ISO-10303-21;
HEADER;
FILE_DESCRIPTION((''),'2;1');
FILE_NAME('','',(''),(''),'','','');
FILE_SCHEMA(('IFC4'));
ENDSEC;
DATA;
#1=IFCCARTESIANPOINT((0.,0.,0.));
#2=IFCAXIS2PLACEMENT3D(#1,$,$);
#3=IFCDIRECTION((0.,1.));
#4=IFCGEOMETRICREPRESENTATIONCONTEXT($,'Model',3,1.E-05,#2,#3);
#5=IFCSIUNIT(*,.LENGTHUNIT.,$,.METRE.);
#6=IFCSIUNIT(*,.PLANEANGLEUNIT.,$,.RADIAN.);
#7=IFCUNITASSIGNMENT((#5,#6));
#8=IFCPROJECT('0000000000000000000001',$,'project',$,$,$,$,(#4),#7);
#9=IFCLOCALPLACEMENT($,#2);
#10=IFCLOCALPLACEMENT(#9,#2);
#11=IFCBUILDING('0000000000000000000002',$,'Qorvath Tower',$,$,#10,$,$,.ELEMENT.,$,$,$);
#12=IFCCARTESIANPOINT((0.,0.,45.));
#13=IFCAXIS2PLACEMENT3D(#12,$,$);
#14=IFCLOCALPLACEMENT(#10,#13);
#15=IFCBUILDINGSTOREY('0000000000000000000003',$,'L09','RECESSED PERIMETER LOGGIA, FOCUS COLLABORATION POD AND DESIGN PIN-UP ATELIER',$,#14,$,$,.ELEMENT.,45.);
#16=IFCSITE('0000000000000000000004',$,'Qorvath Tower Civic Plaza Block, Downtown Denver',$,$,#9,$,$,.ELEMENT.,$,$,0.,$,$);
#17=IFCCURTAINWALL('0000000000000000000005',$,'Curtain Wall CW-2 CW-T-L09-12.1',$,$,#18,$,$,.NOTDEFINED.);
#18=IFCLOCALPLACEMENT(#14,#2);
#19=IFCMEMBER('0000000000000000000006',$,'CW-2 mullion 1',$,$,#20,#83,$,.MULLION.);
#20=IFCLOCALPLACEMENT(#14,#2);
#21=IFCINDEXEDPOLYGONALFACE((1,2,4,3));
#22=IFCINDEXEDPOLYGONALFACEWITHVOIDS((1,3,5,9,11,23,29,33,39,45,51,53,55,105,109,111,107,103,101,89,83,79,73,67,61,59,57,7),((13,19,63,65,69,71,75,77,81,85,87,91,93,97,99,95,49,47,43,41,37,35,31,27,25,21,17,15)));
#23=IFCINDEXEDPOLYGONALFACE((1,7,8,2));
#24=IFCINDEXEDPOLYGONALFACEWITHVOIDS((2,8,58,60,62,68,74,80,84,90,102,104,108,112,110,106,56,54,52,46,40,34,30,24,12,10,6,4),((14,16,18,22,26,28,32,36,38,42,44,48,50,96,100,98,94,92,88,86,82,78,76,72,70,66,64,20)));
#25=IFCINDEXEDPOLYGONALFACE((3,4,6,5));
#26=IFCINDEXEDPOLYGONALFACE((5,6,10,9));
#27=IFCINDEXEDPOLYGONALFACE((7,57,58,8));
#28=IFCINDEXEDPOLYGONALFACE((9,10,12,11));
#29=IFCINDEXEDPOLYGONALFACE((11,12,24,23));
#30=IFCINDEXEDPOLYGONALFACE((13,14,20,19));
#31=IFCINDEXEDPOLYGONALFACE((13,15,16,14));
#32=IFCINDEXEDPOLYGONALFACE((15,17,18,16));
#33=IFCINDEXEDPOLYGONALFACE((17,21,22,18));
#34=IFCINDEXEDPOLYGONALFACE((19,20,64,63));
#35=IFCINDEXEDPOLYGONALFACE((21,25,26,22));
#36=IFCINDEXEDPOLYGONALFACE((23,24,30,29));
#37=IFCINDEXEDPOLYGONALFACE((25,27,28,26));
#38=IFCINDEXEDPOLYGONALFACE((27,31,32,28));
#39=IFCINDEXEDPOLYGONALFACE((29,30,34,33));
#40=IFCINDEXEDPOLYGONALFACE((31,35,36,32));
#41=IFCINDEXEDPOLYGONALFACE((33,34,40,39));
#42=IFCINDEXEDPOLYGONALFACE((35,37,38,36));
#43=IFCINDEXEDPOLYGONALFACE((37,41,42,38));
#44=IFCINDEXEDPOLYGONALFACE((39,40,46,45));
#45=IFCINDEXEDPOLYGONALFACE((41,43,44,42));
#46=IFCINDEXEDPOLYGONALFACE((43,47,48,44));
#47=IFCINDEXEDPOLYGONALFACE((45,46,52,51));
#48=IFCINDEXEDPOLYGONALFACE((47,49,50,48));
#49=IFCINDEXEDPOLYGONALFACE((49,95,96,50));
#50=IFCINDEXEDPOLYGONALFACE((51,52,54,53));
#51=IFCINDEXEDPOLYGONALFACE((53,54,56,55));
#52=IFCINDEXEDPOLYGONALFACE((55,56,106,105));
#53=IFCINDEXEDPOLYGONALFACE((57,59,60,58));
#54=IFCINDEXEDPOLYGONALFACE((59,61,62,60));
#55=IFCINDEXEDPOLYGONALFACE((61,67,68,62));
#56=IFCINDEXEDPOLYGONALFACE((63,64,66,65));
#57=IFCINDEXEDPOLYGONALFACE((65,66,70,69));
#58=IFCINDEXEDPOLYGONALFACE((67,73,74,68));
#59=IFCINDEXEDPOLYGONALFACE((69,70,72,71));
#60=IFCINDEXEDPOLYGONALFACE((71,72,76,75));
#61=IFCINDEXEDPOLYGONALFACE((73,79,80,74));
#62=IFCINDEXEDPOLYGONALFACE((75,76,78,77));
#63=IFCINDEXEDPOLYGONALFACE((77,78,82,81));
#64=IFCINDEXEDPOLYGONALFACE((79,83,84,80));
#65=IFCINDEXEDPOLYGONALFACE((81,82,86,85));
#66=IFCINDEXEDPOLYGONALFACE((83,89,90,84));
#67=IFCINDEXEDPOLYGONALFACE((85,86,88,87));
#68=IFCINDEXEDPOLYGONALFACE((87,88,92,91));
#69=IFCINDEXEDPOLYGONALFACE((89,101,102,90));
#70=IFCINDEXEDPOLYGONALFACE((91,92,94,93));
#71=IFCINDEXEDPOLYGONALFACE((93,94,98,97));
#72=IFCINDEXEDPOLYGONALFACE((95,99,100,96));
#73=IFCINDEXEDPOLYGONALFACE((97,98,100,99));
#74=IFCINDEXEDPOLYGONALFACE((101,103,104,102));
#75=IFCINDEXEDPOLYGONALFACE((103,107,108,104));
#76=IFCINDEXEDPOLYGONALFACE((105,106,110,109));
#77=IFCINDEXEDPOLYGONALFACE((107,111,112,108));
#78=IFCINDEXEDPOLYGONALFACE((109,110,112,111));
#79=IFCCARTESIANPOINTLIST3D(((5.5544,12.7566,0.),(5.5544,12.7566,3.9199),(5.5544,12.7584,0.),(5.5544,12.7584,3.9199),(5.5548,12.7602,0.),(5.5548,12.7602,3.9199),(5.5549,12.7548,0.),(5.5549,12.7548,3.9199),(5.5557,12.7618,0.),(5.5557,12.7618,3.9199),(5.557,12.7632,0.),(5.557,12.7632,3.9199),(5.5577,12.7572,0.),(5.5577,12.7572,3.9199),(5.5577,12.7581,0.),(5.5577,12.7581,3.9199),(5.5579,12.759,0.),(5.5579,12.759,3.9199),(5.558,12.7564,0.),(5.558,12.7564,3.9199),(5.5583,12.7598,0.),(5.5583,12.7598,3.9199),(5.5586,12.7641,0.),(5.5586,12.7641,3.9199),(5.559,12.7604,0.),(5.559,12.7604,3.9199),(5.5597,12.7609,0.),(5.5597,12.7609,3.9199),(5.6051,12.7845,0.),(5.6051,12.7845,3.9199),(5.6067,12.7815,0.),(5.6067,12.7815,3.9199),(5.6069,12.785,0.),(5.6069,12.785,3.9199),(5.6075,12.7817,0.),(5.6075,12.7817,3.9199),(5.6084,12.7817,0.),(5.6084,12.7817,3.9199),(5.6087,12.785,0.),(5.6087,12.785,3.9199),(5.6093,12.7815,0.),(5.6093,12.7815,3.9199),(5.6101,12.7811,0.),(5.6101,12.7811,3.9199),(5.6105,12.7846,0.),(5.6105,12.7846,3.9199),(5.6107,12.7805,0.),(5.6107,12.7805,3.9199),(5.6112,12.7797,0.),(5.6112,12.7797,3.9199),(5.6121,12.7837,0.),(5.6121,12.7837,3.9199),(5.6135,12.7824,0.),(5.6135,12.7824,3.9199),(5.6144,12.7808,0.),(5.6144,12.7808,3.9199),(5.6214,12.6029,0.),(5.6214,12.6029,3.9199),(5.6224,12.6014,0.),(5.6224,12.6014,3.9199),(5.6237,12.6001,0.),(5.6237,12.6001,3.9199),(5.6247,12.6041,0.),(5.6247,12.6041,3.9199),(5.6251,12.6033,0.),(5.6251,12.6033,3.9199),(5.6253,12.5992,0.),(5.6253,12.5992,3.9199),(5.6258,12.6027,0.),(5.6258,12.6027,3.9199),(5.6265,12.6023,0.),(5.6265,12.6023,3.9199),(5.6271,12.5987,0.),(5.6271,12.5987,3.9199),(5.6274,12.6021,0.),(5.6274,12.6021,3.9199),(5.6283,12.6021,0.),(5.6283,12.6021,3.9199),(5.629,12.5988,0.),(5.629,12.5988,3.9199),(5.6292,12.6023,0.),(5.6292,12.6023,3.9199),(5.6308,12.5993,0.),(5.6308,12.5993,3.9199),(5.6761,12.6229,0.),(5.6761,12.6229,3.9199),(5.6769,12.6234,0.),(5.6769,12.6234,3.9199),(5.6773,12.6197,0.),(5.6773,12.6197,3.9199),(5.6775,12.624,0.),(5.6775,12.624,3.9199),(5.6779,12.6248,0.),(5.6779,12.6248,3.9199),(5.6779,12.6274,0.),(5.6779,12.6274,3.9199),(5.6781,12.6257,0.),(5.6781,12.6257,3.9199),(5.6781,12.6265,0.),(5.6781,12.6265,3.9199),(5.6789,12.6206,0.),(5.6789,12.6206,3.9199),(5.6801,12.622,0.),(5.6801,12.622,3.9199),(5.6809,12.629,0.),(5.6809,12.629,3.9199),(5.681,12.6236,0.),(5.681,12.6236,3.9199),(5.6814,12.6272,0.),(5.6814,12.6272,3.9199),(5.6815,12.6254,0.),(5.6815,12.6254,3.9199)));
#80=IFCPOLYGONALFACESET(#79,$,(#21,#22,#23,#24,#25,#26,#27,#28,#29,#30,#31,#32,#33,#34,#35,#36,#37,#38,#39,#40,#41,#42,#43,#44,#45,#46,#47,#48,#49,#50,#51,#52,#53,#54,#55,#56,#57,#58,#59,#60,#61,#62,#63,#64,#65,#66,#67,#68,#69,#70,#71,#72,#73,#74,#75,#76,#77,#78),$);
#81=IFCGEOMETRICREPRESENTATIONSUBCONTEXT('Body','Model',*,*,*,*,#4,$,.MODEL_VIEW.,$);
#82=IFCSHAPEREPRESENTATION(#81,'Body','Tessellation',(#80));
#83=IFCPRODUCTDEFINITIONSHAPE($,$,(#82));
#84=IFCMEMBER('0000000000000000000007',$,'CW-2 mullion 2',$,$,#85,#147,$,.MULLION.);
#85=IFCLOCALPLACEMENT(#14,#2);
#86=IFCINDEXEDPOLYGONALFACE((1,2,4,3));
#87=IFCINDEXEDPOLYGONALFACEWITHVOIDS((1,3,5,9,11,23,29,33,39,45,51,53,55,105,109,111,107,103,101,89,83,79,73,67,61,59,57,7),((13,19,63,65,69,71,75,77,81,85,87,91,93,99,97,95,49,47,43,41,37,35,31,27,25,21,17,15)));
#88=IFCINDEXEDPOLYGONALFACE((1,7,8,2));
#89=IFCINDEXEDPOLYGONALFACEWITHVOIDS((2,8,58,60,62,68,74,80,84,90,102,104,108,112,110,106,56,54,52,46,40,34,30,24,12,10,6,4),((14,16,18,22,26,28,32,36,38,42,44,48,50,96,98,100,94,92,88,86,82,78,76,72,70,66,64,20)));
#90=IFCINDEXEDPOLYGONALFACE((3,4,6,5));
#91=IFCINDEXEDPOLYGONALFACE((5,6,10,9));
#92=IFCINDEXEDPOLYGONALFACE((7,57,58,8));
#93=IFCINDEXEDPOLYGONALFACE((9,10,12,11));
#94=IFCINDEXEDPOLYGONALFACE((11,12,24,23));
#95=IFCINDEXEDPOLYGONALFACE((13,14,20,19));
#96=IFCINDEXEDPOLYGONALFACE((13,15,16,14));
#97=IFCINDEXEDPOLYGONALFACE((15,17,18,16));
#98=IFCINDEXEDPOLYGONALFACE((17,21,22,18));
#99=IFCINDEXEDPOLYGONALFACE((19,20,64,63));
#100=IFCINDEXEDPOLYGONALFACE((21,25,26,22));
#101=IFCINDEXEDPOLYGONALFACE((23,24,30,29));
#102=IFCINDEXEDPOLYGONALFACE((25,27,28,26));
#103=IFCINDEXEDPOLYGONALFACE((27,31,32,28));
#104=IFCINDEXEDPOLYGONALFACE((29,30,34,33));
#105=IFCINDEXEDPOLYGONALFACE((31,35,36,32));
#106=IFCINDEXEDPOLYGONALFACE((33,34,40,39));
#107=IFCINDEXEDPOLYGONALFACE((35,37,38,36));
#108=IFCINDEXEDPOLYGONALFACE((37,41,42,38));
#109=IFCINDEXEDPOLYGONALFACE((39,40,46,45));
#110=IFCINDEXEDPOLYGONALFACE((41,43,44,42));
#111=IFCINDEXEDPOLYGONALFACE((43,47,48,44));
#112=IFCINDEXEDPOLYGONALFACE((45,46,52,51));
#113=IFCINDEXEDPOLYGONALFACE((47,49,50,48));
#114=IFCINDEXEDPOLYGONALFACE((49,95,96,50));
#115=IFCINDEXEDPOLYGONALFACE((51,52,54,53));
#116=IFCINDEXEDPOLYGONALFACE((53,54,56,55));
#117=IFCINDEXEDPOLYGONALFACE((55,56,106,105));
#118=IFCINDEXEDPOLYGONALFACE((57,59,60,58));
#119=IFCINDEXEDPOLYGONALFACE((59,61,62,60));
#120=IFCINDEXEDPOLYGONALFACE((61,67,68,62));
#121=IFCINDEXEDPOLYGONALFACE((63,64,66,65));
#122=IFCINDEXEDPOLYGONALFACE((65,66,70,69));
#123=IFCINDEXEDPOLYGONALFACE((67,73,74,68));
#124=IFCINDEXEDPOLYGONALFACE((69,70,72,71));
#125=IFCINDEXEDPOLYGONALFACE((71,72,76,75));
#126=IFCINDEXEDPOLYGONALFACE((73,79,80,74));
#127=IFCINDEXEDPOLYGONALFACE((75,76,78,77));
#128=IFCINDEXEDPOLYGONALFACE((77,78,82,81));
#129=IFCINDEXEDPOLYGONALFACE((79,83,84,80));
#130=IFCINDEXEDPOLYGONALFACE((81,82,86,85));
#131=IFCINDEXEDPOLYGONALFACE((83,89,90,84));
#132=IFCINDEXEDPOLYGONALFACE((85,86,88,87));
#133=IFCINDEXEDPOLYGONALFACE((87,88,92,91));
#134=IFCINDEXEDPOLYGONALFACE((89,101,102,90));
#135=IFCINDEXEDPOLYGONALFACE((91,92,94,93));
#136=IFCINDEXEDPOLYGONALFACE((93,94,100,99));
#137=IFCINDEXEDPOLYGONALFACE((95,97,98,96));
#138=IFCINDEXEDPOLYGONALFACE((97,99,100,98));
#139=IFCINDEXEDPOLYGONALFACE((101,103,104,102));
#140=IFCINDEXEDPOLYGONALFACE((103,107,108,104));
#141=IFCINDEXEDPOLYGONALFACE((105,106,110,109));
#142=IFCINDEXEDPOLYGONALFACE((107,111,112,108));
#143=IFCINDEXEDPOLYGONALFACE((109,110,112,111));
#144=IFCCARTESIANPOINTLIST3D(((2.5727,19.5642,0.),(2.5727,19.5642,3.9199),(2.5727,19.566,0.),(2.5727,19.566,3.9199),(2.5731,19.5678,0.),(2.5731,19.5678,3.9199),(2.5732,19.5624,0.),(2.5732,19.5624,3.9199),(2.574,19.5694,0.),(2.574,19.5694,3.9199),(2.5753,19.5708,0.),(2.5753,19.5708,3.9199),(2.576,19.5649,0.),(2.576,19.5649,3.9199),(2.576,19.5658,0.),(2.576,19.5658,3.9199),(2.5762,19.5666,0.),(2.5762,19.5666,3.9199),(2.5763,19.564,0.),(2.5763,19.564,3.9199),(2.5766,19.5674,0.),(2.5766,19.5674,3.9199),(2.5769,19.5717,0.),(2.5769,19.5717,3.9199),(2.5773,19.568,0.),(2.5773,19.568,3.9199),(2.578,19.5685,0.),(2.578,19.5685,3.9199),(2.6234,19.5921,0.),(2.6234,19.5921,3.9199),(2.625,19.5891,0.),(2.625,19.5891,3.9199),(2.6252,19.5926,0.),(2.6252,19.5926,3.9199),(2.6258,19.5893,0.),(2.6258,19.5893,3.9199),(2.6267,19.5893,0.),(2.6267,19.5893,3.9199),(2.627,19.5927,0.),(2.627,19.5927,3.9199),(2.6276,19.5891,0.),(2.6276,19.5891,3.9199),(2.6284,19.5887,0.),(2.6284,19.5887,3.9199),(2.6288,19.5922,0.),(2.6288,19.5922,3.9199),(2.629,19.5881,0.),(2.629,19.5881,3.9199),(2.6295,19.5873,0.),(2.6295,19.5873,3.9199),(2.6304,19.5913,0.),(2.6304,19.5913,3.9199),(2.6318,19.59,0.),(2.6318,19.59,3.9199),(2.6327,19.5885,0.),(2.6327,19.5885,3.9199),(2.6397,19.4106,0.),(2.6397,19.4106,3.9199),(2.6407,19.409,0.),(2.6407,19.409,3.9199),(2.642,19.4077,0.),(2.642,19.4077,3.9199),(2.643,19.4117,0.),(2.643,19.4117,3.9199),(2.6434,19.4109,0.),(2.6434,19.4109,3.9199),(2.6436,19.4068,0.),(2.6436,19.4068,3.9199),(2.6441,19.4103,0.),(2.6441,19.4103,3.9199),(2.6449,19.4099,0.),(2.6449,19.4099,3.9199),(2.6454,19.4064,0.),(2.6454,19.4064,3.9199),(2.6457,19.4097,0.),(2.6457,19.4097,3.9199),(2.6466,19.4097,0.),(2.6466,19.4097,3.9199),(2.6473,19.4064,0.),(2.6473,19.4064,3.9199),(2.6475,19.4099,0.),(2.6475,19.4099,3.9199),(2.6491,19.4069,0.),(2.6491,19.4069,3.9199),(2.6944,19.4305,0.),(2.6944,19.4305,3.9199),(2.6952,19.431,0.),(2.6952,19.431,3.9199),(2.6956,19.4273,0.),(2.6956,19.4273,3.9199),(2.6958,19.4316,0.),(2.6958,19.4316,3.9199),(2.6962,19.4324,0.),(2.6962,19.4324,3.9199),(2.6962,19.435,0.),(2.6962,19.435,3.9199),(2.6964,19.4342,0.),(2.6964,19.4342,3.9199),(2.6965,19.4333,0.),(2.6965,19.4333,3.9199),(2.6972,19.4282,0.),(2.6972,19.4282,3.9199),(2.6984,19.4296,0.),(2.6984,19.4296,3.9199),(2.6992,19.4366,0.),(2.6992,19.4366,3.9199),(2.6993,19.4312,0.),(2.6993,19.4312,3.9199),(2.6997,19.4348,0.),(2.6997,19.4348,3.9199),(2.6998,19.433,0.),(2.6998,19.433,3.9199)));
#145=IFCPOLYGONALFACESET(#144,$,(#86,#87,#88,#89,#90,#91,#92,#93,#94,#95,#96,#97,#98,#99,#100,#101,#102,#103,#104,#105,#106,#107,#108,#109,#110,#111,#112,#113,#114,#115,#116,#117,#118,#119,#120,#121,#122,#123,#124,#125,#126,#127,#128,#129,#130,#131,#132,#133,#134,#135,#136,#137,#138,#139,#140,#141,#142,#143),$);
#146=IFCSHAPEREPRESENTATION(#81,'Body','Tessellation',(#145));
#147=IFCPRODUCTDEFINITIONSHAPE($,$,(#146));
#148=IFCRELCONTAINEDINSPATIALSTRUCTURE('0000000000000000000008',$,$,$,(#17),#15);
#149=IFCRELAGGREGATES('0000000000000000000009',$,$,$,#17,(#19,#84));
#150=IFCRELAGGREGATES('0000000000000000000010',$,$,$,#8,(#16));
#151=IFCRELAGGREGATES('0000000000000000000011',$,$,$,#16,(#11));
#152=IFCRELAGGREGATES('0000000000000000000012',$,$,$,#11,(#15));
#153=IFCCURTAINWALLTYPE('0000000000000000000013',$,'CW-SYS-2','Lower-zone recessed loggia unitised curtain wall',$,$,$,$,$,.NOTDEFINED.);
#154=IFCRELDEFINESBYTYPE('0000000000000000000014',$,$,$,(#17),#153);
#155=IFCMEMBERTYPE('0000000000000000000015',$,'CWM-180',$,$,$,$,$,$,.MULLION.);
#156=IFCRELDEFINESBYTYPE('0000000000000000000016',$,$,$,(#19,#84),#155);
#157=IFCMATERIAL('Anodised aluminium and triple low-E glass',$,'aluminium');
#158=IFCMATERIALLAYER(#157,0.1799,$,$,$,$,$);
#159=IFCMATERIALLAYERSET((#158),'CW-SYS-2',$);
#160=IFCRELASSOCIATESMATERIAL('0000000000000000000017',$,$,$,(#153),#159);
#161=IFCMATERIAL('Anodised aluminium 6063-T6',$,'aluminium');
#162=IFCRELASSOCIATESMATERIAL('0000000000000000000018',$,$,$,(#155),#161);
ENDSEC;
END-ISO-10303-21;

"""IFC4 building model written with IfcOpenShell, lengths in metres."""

from ifc_helpers import new_model, si_unit, direction, frame, origin, origin_2d, place, context, subcontext, project, spatial, hollow_rectangle, extrude, material, layer, layer_set, material_profile, profile_set, type_object, element, aggregate, save


model = new_model("IFC4")

# Units and contexts
model_context = context("Model", 3, precision=1e-05, world=origin(), true_north=direction((0.0, 1.0)))
body_context = subcontext(model_context, "Body", "Model", "MODEL_VIEW")
ifc_project = project(units=[si_unit("LENGTHUNIT", "METRE"), si_unit("PLANEANGLEUNIT", "RADIAN")], contexts=[model_context])

# Site, building, storey
site_placement = place(None, origin())
site = spatial("IfcSite", under=ifc_project, at=site_placement, Name="Qorvath Tower Civic Plaza Block, Downtown Denver", CompositionType="ELEMENT", RefElevation=0.0)
building_placement = place(site_placement, origin())
building = spatial("IfcBuilding", under=site, at=building_placement, Name="Qorvath Tower", CompositionType="ELEMENT")
storey_placement = place(building_placement, frame((0.0, 0.0, 45.0)))
storey = spatial("IfcBuildingStorey", under=building, at=storey_placement, Name="L09", Description="RECESSED PERIMETER LOGGIA, FOCUS COLLABORATION POD AND DESIGN PIN-UP ATELIER", CompositionType="ELEMENT", Elevation=45.0)

# Shared definitions
ifc_material_1 = material(Name="Anodised aluminium and triple low-E glass", Category="aluminium")
ifc_layer_1 = layer(ifc_material_1, 0.1799)
ifc_layer_set_1 = layer_set([ifc_layer_1], Name="CW-SYS-2")
curtain_wall_type = type_object("IfcCurtainWallType", Name="CW-SYS-2", Description="Lower-zone recessed loggia unitised curtain wall", PredefinedType="NOTDEFINED", material=ifc_layer_set_1)
ifc_material_2 = material(Name="Anodised aluminium 6063-T6", Category="aluminium")
ifc_material_profile_1 = material_profile(ifc_material_2, hollow_rectangle(XDim=0.0649, YDim=0.1799, WallThickness=0.0034, InnerFilletRadius=0.0034, OuterFilletRadius=0.0071, at=origin_2d()), Name="CWM 180x65")
ifc_profile_set_1 = profile_set([ifc_material_profile_1], Name="Anodised aluminium 6063-T6")
member_type_1 = type_object("IfcMemberType", Name="CWM-180", PredefinedType="MULLION", material=ifc_profile_set_1)

# Curtain wall, members
curtain_wall_1_placement = place(storey_placement, origin())
curtain_wall_1 = element("IfcCurtainWall", 1, at=curtain_wall_1_placement, inside=storey, type_object=curtain_wall_type, Name="Curtain Wall CW-2 CW-T-L09-12.1", PredefinedType="NOTDEFINED")
member_1_placement = place(storey_placement, frame((5.6179, 12.6919, 0.0), z_axis=(0.0, 0.0, 1.0), x_axis=(-0.916001, -0.401177, 0.0)))
member_1 = element("IfcMember", 2, at=member_1_placement, type_object=member_type_1, Name="CW-2 mullion 1", PredefinedType="MULLION", context=body_context, shape_type="SweptSolid", body=[
    extrude(hollow_rectangle(XDim=0.0649, YDim=0.1799, WallThickness=0.0034, InnerFilletRadius=0.0034, OuterFilletRadius=0.0071, at=origin_2d()), origin(), (0.0, 0.0, 1.0), 3.9199),
])
member_2_placement = place(storey_placement, frame((2.6362, 19.4995, 0.0), z_axis=(0.0, 0.0, 1.0), x_axis=(-0.916001, -0.401177, 0.0)))
member_2 = element("IfcMember", 3, at=member_2_placement, type_object=member_type_1, Name="CW-2 mullion 2", PredefinedType="MULLION", context=body_context, shape_type="SweptSolid", body=[
    extrude(hollow_rectangle(XDim=0.0649, YDim=0.1799, WallThickness=0.0034, InnerFilletRadius=0.0034, OuterFilletRadius=0.0071, at=origin_2d()), origin(), (0.0, 0.0, 1.0), 3.9199),
])

aggregate(curtain_wall_1, [member_1, member_2])

save(model, "model.ifc")
